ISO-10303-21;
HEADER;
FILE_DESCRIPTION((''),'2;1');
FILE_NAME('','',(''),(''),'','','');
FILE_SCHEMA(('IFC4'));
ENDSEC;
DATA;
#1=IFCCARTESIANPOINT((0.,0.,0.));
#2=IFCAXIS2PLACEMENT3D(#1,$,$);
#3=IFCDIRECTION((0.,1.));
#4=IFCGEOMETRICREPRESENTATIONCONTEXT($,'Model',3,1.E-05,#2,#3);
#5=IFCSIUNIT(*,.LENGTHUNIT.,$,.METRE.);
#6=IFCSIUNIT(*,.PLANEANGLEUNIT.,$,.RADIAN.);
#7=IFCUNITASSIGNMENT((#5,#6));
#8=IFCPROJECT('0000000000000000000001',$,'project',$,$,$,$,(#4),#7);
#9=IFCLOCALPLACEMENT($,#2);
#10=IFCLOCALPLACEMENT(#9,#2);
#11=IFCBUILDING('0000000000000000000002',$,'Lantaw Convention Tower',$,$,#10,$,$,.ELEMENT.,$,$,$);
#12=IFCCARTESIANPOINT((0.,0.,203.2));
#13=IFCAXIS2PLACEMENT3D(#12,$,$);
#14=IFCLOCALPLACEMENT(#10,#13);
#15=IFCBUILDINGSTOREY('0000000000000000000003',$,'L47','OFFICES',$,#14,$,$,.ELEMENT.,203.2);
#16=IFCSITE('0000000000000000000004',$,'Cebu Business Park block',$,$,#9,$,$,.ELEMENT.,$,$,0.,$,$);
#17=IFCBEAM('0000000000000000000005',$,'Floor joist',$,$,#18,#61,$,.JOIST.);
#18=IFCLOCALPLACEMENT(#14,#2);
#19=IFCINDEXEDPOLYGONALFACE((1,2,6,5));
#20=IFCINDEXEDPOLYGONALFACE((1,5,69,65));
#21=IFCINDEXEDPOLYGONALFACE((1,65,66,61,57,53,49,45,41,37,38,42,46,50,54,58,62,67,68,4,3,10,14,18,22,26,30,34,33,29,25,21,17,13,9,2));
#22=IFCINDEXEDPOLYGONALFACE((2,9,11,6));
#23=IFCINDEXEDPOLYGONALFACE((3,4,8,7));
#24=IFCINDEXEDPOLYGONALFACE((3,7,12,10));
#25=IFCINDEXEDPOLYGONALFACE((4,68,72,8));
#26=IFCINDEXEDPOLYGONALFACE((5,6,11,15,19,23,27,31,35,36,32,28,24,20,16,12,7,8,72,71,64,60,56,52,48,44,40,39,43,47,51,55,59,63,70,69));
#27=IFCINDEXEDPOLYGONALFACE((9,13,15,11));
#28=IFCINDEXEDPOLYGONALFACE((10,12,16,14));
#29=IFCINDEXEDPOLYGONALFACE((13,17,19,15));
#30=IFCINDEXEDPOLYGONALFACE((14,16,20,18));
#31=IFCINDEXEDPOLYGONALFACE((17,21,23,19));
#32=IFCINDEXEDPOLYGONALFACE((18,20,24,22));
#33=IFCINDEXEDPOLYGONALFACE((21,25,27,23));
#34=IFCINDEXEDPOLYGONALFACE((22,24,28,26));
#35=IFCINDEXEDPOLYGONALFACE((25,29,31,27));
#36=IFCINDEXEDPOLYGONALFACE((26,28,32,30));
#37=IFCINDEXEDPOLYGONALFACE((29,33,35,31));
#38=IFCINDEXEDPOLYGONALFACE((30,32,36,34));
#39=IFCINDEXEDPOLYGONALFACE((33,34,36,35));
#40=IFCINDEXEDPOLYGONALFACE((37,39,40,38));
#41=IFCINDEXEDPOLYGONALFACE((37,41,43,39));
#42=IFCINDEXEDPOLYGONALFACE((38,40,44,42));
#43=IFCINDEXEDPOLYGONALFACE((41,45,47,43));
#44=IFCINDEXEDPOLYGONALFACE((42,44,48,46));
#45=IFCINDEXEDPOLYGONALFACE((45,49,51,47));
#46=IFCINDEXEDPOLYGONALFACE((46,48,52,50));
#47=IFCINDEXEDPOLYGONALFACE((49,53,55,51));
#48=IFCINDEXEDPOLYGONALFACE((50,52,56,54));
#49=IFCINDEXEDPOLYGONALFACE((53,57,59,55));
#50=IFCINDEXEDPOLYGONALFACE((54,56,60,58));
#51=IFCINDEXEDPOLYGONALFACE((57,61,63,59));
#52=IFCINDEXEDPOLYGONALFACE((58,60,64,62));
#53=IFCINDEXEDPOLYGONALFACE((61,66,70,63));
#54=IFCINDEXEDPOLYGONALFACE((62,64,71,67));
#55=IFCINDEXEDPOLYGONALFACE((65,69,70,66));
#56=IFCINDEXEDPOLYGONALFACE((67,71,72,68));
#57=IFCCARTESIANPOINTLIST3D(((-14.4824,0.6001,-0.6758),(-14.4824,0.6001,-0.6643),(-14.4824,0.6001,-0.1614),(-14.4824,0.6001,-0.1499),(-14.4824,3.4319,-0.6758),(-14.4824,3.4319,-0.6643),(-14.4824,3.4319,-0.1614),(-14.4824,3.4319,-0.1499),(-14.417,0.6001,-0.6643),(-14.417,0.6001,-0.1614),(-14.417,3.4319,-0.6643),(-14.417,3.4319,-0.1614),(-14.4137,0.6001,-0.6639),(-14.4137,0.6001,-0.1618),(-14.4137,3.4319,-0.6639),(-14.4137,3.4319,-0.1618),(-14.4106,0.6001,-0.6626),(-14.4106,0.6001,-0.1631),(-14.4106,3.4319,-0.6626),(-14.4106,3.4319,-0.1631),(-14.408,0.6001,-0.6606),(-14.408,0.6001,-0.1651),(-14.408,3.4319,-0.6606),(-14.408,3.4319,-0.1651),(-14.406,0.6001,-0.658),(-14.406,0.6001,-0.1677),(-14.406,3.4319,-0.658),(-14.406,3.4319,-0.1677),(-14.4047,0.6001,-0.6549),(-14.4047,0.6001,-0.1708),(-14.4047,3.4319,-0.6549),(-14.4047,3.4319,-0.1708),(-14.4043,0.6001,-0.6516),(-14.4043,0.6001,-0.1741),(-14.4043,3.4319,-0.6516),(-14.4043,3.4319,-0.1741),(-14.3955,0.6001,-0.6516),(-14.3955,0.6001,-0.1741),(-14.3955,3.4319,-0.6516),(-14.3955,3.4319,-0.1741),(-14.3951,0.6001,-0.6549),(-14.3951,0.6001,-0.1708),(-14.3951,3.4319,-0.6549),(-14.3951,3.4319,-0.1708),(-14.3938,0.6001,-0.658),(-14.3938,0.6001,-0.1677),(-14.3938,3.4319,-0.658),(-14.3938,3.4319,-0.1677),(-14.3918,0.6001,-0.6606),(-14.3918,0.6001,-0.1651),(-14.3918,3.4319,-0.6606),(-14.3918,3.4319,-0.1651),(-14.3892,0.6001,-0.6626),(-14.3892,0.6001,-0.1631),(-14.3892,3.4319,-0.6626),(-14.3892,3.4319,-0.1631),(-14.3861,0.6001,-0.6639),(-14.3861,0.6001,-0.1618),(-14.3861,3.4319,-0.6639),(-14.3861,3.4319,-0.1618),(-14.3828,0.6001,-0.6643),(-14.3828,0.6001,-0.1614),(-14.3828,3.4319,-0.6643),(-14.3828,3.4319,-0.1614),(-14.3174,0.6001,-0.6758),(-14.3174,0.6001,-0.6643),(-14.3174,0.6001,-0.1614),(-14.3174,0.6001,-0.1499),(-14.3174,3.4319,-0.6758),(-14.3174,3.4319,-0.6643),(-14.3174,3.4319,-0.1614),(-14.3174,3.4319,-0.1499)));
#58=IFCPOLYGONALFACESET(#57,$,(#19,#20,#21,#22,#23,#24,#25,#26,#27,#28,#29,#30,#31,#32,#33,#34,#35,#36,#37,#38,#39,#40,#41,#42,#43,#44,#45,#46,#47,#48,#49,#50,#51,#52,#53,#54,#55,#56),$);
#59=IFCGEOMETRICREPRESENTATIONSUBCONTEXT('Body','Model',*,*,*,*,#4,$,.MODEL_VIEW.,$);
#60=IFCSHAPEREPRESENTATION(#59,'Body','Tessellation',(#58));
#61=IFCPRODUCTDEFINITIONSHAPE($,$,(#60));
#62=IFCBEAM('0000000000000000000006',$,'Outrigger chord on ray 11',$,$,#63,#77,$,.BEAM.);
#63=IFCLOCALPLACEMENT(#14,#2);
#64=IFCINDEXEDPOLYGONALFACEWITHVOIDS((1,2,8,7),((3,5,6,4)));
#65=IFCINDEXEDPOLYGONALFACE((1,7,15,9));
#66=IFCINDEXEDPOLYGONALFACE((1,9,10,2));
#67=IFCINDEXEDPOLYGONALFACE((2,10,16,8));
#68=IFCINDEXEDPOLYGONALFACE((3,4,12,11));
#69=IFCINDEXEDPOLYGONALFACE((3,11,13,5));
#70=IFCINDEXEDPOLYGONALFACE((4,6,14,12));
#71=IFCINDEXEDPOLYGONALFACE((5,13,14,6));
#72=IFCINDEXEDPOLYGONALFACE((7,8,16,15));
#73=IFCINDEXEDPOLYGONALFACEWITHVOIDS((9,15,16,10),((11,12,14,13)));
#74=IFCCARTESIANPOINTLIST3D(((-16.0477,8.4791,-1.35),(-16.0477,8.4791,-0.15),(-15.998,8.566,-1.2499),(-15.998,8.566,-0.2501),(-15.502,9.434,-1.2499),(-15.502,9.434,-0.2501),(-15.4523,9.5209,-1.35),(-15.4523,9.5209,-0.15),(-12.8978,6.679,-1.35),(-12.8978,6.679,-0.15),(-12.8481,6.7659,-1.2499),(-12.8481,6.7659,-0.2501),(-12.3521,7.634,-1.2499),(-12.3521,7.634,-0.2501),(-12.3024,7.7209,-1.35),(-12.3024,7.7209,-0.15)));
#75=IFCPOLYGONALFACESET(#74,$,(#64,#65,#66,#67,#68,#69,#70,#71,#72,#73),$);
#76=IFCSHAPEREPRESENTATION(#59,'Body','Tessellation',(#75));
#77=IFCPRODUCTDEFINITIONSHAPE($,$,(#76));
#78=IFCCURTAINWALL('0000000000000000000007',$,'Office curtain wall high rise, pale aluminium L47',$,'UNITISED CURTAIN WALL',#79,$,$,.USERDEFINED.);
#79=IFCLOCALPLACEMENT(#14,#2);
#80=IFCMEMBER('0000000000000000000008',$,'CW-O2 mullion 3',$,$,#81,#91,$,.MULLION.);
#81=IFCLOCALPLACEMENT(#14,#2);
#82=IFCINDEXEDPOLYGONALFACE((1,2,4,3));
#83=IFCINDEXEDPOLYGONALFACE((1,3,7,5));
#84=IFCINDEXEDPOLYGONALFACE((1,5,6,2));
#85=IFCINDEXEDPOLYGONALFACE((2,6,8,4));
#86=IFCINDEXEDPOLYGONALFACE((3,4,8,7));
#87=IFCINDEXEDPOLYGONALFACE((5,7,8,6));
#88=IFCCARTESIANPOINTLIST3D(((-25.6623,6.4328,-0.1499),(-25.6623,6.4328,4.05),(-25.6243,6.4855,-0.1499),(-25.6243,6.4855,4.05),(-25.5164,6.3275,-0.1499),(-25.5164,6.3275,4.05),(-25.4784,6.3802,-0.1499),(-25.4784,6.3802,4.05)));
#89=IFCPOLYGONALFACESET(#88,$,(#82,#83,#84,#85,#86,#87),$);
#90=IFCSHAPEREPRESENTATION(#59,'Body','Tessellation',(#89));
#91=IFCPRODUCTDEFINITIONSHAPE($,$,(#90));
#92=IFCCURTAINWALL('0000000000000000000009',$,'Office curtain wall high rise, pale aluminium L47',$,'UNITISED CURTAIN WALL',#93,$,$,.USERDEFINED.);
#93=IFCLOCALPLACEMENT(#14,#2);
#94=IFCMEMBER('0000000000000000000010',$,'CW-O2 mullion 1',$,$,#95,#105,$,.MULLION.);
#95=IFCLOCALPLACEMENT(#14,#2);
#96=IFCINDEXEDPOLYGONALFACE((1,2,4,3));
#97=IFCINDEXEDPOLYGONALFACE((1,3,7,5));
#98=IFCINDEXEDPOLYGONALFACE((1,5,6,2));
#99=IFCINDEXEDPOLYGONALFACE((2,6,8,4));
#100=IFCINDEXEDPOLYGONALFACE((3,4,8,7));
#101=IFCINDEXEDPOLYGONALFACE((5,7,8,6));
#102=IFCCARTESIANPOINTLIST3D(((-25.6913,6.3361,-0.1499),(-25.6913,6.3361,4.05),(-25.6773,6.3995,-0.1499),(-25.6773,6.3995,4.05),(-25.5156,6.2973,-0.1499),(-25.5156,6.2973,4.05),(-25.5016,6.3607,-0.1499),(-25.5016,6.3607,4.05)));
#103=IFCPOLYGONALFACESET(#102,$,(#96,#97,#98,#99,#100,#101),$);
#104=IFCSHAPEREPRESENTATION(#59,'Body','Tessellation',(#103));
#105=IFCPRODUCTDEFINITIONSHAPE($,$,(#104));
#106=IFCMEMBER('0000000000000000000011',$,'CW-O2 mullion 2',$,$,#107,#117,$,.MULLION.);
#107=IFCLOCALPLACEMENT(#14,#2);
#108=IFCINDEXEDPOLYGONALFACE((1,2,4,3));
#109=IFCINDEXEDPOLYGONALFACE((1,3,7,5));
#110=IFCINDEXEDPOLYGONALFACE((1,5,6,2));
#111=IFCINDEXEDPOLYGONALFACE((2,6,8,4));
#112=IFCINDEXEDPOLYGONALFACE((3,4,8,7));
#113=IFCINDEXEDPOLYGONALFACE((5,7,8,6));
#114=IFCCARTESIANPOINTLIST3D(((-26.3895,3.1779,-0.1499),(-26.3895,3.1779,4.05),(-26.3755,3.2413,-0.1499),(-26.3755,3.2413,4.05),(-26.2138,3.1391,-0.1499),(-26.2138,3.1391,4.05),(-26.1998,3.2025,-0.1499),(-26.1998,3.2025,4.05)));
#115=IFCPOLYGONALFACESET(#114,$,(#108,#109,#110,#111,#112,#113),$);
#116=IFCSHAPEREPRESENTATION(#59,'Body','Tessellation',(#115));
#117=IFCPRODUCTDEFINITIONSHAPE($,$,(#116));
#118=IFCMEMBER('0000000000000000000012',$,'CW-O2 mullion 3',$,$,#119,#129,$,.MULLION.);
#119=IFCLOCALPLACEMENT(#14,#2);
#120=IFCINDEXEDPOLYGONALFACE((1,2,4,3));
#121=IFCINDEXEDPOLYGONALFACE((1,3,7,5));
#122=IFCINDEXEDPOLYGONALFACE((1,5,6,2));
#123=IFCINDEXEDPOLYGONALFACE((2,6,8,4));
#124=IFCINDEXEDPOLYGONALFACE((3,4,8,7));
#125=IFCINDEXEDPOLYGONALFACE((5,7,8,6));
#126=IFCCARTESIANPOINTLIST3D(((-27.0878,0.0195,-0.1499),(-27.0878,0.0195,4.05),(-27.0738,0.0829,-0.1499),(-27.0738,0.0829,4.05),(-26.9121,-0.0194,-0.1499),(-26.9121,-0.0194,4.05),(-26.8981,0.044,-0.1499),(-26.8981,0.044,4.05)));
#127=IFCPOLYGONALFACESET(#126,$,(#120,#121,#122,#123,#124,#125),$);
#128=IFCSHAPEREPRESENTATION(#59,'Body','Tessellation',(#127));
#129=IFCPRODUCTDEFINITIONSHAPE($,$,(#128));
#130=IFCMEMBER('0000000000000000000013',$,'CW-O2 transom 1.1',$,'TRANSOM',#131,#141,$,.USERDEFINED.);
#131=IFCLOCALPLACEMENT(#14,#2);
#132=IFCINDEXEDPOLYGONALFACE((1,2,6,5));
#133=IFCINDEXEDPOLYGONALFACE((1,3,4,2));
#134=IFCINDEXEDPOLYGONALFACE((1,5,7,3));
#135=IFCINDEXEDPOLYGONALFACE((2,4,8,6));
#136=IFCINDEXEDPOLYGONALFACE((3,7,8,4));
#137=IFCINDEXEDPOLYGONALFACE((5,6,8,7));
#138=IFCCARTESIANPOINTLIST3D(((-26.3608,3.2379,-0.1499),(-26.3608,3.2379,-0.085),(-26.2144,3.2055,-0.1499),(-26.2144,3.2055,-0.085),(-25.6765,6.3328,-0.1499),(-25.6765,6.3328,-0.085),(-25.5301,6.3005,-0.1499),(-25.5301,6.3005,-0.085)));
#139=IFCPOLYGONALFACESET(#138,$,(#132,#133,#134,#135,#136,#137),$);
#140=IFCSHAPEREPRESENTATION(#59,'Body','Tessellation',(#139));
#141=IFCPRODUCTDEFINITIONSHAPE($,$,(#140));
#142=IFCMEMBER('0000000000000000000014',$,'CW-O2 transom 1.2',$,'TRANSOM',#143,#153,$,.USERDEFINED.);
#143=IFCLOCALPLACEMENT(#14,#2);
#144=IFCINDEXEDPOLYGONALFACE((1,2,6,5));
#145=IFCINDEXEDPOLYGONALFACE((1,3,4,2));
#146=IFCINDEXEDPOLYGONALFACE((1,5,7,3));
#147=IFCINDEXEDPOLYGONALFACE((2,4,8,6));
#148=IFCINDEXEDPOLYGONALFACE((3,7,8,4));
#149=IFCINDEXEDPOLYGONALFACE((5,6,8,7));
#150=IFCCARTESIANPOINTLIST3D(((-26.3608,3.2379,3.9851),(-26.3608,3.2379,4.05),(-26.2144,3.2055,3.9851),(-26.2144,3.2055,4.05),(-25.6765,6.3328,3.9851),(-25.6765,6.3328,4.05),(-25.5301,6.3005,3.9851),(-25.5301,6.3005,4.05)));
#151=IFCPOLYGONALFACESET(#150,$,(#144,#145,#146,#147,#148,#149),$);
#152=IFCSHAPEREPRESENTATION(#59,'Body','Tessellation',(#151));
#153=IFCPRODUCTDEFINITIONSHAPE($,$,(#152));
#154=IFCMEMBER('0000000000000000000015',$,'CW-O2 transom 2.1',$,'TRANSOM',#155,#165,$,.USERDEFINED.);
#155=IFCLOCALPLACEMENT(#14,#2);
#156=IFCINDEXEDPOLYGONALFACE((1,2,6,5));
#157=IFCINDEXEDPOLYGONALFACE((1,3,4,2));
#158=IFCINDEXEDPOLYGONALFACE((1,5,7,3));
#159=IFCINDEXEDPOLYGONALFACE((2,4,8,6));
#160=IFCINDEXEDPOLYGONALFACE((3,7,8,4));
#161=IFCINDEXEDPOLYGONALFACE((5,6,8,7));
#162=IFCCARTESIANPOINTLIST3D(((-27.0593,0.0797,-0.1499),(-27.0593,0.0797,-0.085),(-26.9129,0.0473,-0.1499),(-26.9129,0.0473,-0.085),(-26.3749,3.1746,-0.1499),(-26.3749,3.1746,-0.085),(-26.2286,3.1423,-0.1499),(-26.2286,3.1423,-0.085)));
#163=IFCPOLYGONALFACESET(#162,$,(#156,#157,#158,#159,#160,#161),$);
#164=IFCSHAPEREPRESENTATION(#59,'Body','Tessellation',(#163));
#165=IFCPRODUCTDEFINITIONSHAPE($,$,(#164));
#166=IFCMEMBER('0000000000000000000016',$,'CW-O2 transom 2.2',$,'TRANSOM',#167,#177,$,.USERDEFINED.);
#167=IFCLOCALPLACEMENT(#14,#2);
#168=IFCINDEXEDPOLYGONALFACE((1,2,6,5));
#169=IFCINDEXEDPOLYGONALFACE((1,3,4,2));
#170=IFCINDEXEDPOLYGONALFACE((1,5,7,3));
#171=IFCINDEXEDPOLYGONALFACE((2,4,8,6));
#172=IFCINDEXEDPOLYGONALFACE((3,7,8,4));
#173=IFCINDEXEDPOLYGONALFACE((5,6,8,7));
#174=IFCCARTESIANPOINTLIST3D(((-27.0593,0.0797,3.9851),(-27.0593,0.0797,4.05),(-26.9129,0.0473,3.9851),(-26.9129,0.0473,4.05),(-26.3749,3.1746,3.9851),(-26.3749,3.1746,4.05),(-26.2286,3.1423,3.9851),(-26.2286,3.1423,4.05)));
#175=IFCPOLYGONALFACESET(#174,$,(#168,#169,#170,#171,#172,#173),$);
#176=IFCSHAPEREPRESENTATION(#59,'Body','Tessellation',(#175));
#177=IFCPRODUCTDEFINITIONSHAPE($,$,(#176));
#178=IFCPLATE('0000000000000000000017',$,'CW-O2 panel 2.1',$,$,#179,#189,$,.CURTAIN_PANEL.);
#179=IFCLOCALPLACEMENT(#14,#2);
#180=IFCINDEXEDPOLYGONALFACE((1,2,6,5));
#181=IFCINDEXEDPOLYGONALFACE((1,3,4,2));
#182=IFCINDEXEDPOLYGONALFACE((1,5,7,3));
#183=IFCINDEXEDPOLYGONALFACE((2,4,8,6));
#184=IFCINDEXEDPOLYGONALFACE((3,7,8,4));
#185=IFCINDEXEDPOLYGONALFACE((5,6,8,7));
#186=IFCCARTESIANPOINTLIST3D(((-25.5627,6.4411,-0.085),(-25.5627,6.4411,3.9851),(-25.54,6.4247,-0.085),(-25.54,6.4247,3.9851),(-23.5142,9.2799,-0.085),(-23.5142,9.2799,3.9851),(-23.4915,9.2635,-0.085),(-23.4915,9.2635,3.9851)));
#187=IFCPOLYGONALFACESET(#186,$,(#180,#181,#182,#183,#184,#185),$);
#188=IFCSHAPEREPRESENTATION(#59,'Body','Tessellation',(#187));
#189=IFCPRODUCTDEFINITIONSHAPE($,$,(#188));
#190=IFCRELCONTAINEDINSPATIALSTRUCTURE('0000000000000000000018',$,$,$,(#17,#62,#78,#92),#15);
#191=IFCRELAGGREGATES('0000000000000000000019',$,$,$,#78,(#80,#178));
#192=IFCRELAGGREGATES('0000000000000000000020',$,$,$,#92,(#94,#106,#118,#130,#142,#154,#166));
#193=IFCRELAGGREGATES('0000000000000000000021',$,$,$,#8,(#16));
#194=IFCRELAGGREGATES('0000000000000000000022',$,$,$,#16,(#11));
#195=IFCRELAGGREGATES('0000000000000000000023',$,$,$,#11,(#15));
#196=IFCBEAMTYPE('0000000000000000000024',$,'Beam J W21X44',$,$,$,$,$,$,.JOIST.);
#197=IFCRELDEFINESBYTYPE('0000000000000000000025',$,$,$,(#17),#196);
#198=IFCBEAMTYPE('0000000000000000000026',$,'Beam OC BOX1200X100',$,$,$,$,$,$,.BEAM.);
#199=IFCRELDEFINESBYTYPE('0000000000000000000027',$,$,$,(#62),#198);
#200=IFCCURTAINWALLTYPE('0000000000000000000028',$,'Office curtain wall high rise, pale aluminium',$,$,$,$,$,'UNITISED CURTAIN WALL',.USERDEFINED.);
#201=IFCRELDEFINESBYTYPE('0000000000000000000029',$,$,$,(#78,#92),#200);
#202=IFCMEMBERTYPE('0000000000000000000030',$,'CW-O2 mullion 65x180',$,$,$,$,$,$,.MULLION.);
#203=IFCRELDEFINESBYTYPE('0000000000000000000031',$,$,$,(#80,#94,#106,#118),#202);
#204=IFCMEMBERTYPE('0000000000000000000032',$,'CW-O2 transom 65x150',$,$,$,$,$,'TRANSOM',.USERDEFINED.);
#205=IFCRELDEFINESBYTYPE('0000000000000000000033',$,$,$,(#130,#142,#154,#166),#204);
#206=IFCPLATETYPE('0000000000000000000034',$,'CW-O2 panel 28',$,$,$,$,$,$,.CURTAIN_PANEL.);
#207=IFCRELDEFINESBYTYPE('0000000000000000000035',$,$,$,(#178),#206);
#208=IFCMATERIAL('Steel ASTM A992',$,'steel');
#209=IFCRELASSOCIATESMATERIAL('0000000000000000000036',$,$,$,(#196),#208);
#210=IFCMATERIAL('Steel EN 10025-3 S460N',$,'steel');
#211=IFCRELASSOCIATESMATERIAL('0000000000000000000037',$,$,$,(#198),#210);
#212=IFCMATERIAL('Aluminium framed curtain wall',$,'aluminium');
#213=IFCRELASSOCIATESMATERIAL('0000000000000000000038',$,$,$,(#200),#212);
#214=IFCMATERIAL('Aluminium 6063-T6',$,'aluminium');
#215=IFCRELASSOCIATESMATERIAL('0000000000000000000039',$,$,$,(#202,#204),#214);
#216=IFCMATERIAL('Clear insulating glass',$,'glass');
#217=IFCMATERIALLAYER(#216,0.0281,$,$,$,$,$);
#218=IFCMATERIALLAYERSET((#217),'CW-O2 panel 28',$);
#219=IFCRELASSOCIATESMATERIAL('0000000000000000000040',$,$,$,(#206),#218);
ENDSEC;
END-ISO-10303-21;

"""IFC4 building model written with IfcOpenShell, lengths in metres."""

from ifc_helpers import new_model, si_unit, direction, frame, origin, origin_2d, place, context, subcontext, project, spatial, rectangle, hollow_rectangle, i_section, extrude, material, layer, layer_set, material_profile, profile_set, type_object, element, aggregate, save


model = new_model("IFC4")

# Units and contexts
model_context = context("Model", 3, precision=1e-05, world=origin(), true_north=direction((0.0, 1.0)))
body_context = subcontext(model_context, "Body", "Model", "MODEL_VIEW")
ifc_project = project(units=[si_unit("LENGTHUNIT", "METRE"), si_unit("PLANEANGLEUNIT", "RADIAN")], contexts=[model_context])

# Site, building, storey
site_placement = place(None, origin())
site = spatial("IfcSite", under=ifc_project, at=site_placement, Name="Cebu Business Park block", CompositionType="ELEMENT", RefElevation=0.0)
building_placement = place(site_placement, origin())
building = spatial("IfcBuilding", under=site, at=building_placement, Name="Lantaw Convention Tower", CompositionType="ELEMENT")
storey_placement = place(building_placement, frame((0.0, 0.0, 203.2)))
storey = spatial("IfcBuildingStorey", under=building, at=storey_placement, Name="L47", Description="OFFICES", CompositionType="ELEMENT", Elevation=203.2)

# Beams
ifc_material_1 = material(Name="Steel ASTM A992", Category="steel")
ifc_material_profile_1 = material_profile(ifc_material_1, i_section(OverallWidth=0.165, OverallDepth=0.5259, WebThickness=0.0088, FlangeThickness=0.0115, FilletRadius=0.0127, at=origin_2d()), Name="W21X44")
ifc_profile_set_1 = profile_set([ifc_material_profile_1], Name="Steel ASTM A992")
beam_type_1 = type_object("IfcBeamType", Name="Beam J W21X44", PredefinedType="JOIST", material=ifc_profile_set_1)
beam_1_placement = place(storey_placement, frame((-14.3999, 0.6001, -0.4128), z_axis=(0.0, 1.0, 0.0), x_axis=(-1.0, 0.0, 0.0)))
element("IfcBeam", 1, at=beam_1_placement, inside=storey, type_object=beam_type_1, Name="Floor joist", PredefinedType="JOIST", context=body_context, shape_type="SweptSolid", body=[
    extrude(i_section(OverallWidth=0.165, OverallDepth=0.5259, WebThickness=0.0088, FlangeThickness=0.0115, FilletRadius=0.0127, at=origin_2d()), origin(), (0.0, 0.0, 1.0), 2.8318),
])
ifc_material_2 = material(Name="Steel EN 10025-3 S460N", Category="steel")
ifc_material_profile_2 = material_profile(ifc_material_2, hollow_rectangle(XDim=1.2, YDim=1.2, WallThickness=0.1001, at=origin_2d()), Name="BOX1200X100")
ifc_profile_set_2 = profile_set([ifc_material_profile_2], Name="Steel EN 10025-3 S460N")
beam_type_2 = type_object("IfcBeamType", Name="Beam OC BOX1200X100", PredefinedType="BEAM", material=ifc_profile_set_2)
beam_2_placement = place(storey_placement, frame((-12.6001, 7.2, -0.75), z_axis=(-0.868231, 0.496161, 0.0), x_axis=(-0.496161, -0.868231, 0.0)))
element("IfcBeam", 2, at=beam_2_placement, inside=storey, type_object=beam_type_2, Name="Outrigger chord on ray 11", PredefinedType="BEAM", context=body_context, shape_type="SweptSolid", body=[
    extrude(hollow_rectangle(XDim=1.2, YDim=1.2, WallThickness=0.1001, at=origin_2d()), origin(), (0.0, 0.0, 1.0), 3.6279),
])

# Curtain wall, member
ifc_material_3 = material(Name="Aluminium framed curtain wall", Category="aluminium")
curtain_wall_type = type_object("IfcCurtainWallType", Name="Office curtain wall high rise, pale aluminium", ElementType="UNITISED CURTAIN WALL", PredefinedType="USERDEFINED", material=ifc_material_3)
curtain_wall_1_placement = place(storey_placement, origin())
curtain_wall_1 = element("IfcCurtainWall", 3, at=curtain_wall_1_placement, inside=storey, type_object=curtain_wall_type, Name="Office curtain wall high rise, pale aluminium L47", ObjectType="UNITISED CURTAIN WALL", PredefinedType="USERDEFINED")
ifc_material_4 = material(Name="Aluminium 6063-T6", Category="aluminium")
ifc_material_profile_3 = material_profile(ifc_material_4, rectangle(XDim=0.1799, YDim=0.0649, at=origin_2d()), Name="CW-O2 mullion 65x180")
ifc_profile_set_3 = profile_set([ifc_material_profile_3], Name="Aluminium 6063-T6")
member_type_1 = type_object("IfcMemberType", Name="CW-O2 mullion 65x180", PredefinedType="MULLION", material=ifc_profile_set_3)
member_1_placement = place(storey_placement, frame((-25.5703, 6.4065, -0.1499), z_axis=(0.0, 0.0, 1.0), x_axis=(0.81092, -0.585158, 0.0)))
member_1 = element("IfcMember", 4, at=member_1_placement, type_object=member_type_1, Name="CW-O2 mullion 3", PredefinedType="MULLION", context=body_context, shape_type="SweptSolid", body=[
    extrude(rectangle(XDim=0.1799, YDim=0.0649, at=origin_2d()), origin(), (0.0, 0.0, 1.0), 4.2),
])

# Curtain wall, members
curtain_wall_2_placement = place(storey_placement, origin())
curtain_wall_2 = element("IfcCurtainWall", 5, at=curtain_wall_2_placement, inside=storey, type_object=curtain_wall_type, Name="Office curtain wall high rise, pale aluminium L47", ObjectType="UNITISED CURTAIN WALL", PredefinedType="USERDEFINED")
member_2_placement = place(storey_placement, frame((-25.5964, 6.3484, -0.1499), z_axis=(0.0, 0.0, 1.0), x_axis=(0.976417, -0.215891, 0.0)))
member_2 = element("IfcMember", 6, at=member_2_placement, type_object=member_type_1, Name="CW-O2 mullion 1", PredefinedType="MULLION", context=body_context, shape_type="SweptSolid", body=[
    extrude(rectangle(XDim=0.1799, YDim=0.0649, at=origin_2d()), origin(), (0.0, 0.0, 1.0), 4.2),
])
member_3_placement = place(storey_placement, frame((-26.2947, 3.1902, -0.1499), z_axis=(0.0, 0.0, 1.0), x_axis=(0.976417, -0.215891, 0.0)))
member_3 = element("IfcMember", 7, at=member_3_placement, type_object=member_type_1, Name="CW-O2 mullion 2", PredefinedType="MULLION", context=body_context, shape_type="SweptSolid", body=[
    extrude(rectangle(XDim=0.1799, YDim=0.0649, at=origin_2d()), origin(), (0.0, 0.0, 1.0), 4.2),
])
member_4_placement = place(storey_placement, frame((-26.9929, 0.0317, -0.1499), z_axis=(0.0, 0.0, 1.0), x_axis=(0.976417, -0.215891, 0.0)))
member_4 = element("IfcMember", 8, at=member_4_placement, type_object=member_type_1, Name="CW-O2 mullion 3", PredefinedType="MULLION", context=body_context, shape_type="SweptSolid", body=[
    extrude(rectangle(XDim=0.1799, YDim=0.0649, at=origin_2d()), origin(), (0.0, 0.0, 1.0), 4.2),
])
ifc_material_profile_4 = material_profile(ifc_material_4, rectangle(XDim=0.1499, YDim=0.0649, at=origin_2d()), Name="CW-O2 transom 65x150")
ifc_profile_set_4 = profile_set([ifc_material_profile_4], Name="Aluminium 6063-T6")
member_type_2 = type_object("IfcMemberType", Name="CW-O2 transom 65x150", ElementType="TRANSOM", PredefinedType="USERDEFINED", material=ifc_profile_set_4)
member_5_placement = place(storey_placement, frame((-25.6033, 6.3167, -0.1174), z_axis=(-0.215895, -0.976417, 0.0), x_axis=(0.976417, -0.215895, 0.0)))
member_5 = element("IfcMember", 9, at=member_5_placement, type_object=member_type_2, Name="CW-O2 transom 1.1", ObjectType="TRANSOM", PredefinedType="USERDEFINED", context=body_context, shape_type="SweptSolid", body=[
    extrude(rectangle(XDim=0.1499, YDim=0.0649, at=origin_2d()), origin(), (0.0, 0.0, 1.0), 3.1697),
])
member_6_placement = place(storey_placement, frame((-25.6033, 6.3167, 4.0176), z_axis=(-0.215895, -0.976417, 0.0), x_axis=(0.976417, -0.215895, 0.0)))
member_6 = element("IfcMember", 10, at=member_6_placement, type_object=member_type_2, Name="CW-O2 transom 1.2", ObjectType="TRANSOM", PredefinedType="USERDEFINED", context=body_context, shape_type="SweptSolid", body=[
    extrude(rectangle(XDim=0.1499, YDim=0.0649, at=origin_2d()), origin(), (0.0, 0.0, 1.0), 3.1697),
])
member_7_placement = place(storey_placement, frame((-26.3018, 3.1584, -0.1174), z_axis=(-0.215895, -0.976417, 0.0), x_axis=(0.976417, -0.215895, 0.0)))
member_7 = element("IfcMember", 11, at=member_7_placement, type_object=member_type_2, Name="CW-O2 transom 2.1", ObjectType="TRANSOM", PredefinedType="USERDEFINED", context=body_context, shape_type="SweptSolid", body=[
    extrude(rectangle(XDim=0.1499, YDim=0.0649, at=origin_2d()), origin(), (0.0, 0.0, 1.0), 3.1697),
])
member_8_placement = place(storey_placement, frame((-26.3018, 3.1584, 4.0176), z_axis=(-0.215895, -0.976417, 0.0), x_axis=(0.976417, -0.215895, 0.0)))
member_8 = element("IfcMember", 12, at=member_8_placement, type_object=member_type_2, Name="CW-O2 transom 2.2", ObjectType="TRANSOM", PredefinedType="USERDEFINED", context=body_context, shape_type="SweptSolid", body=[
    extrude(rectangle(XDim=0.1499, YDim=0.0649, at=origin_2d()), origin(), (0.0, 0.0, 1.0), 3.1697),
])

# Plate
ifc_material_5 = material(Name="Clear insulating glass", Category="glass")
ifc_layer_1 = layer(ifc_material_5, 0.0281)
ifc_layer_set_1 = layer_set([ifc_layer_1], Name="CW-O2 panel 28")
plate_type_1 = type_object("IfcPlateType", Name="CW-O2 panel 28", PredefinedType="CURTAIN_PANEL", material=ifc_layer_set_1)
plate_1_placement = place(storey_placement, frame((-24.5271, 7.8523, -0.085), z_axis=(0.0, 0.0, 1.0), x_axis=(-0.585158, -0.81092, 0.0)))
plate_1 = element("IfcPlate", 13, at=plate_1_placement, type_object=plate_type_1, Name="CW-O2 panel 2.1", PredefinedType="CURTAIN_PANEL", context=body_context, shape_type="SweptSolid", body=[
    extrude(rectangle(XDim=3.5007, YDim=0.0281, at=origin_2d()), origin(), (0.0, 0.0, 1.0), 4.0701),
])
aggregate(curtain_wall_1, [member_1, plate_1])
aggregate(curtain_wall_2, [member_2, member_3, member_4, member_5, member_6, member_7, member_8])

save(model, "model.ifc")
